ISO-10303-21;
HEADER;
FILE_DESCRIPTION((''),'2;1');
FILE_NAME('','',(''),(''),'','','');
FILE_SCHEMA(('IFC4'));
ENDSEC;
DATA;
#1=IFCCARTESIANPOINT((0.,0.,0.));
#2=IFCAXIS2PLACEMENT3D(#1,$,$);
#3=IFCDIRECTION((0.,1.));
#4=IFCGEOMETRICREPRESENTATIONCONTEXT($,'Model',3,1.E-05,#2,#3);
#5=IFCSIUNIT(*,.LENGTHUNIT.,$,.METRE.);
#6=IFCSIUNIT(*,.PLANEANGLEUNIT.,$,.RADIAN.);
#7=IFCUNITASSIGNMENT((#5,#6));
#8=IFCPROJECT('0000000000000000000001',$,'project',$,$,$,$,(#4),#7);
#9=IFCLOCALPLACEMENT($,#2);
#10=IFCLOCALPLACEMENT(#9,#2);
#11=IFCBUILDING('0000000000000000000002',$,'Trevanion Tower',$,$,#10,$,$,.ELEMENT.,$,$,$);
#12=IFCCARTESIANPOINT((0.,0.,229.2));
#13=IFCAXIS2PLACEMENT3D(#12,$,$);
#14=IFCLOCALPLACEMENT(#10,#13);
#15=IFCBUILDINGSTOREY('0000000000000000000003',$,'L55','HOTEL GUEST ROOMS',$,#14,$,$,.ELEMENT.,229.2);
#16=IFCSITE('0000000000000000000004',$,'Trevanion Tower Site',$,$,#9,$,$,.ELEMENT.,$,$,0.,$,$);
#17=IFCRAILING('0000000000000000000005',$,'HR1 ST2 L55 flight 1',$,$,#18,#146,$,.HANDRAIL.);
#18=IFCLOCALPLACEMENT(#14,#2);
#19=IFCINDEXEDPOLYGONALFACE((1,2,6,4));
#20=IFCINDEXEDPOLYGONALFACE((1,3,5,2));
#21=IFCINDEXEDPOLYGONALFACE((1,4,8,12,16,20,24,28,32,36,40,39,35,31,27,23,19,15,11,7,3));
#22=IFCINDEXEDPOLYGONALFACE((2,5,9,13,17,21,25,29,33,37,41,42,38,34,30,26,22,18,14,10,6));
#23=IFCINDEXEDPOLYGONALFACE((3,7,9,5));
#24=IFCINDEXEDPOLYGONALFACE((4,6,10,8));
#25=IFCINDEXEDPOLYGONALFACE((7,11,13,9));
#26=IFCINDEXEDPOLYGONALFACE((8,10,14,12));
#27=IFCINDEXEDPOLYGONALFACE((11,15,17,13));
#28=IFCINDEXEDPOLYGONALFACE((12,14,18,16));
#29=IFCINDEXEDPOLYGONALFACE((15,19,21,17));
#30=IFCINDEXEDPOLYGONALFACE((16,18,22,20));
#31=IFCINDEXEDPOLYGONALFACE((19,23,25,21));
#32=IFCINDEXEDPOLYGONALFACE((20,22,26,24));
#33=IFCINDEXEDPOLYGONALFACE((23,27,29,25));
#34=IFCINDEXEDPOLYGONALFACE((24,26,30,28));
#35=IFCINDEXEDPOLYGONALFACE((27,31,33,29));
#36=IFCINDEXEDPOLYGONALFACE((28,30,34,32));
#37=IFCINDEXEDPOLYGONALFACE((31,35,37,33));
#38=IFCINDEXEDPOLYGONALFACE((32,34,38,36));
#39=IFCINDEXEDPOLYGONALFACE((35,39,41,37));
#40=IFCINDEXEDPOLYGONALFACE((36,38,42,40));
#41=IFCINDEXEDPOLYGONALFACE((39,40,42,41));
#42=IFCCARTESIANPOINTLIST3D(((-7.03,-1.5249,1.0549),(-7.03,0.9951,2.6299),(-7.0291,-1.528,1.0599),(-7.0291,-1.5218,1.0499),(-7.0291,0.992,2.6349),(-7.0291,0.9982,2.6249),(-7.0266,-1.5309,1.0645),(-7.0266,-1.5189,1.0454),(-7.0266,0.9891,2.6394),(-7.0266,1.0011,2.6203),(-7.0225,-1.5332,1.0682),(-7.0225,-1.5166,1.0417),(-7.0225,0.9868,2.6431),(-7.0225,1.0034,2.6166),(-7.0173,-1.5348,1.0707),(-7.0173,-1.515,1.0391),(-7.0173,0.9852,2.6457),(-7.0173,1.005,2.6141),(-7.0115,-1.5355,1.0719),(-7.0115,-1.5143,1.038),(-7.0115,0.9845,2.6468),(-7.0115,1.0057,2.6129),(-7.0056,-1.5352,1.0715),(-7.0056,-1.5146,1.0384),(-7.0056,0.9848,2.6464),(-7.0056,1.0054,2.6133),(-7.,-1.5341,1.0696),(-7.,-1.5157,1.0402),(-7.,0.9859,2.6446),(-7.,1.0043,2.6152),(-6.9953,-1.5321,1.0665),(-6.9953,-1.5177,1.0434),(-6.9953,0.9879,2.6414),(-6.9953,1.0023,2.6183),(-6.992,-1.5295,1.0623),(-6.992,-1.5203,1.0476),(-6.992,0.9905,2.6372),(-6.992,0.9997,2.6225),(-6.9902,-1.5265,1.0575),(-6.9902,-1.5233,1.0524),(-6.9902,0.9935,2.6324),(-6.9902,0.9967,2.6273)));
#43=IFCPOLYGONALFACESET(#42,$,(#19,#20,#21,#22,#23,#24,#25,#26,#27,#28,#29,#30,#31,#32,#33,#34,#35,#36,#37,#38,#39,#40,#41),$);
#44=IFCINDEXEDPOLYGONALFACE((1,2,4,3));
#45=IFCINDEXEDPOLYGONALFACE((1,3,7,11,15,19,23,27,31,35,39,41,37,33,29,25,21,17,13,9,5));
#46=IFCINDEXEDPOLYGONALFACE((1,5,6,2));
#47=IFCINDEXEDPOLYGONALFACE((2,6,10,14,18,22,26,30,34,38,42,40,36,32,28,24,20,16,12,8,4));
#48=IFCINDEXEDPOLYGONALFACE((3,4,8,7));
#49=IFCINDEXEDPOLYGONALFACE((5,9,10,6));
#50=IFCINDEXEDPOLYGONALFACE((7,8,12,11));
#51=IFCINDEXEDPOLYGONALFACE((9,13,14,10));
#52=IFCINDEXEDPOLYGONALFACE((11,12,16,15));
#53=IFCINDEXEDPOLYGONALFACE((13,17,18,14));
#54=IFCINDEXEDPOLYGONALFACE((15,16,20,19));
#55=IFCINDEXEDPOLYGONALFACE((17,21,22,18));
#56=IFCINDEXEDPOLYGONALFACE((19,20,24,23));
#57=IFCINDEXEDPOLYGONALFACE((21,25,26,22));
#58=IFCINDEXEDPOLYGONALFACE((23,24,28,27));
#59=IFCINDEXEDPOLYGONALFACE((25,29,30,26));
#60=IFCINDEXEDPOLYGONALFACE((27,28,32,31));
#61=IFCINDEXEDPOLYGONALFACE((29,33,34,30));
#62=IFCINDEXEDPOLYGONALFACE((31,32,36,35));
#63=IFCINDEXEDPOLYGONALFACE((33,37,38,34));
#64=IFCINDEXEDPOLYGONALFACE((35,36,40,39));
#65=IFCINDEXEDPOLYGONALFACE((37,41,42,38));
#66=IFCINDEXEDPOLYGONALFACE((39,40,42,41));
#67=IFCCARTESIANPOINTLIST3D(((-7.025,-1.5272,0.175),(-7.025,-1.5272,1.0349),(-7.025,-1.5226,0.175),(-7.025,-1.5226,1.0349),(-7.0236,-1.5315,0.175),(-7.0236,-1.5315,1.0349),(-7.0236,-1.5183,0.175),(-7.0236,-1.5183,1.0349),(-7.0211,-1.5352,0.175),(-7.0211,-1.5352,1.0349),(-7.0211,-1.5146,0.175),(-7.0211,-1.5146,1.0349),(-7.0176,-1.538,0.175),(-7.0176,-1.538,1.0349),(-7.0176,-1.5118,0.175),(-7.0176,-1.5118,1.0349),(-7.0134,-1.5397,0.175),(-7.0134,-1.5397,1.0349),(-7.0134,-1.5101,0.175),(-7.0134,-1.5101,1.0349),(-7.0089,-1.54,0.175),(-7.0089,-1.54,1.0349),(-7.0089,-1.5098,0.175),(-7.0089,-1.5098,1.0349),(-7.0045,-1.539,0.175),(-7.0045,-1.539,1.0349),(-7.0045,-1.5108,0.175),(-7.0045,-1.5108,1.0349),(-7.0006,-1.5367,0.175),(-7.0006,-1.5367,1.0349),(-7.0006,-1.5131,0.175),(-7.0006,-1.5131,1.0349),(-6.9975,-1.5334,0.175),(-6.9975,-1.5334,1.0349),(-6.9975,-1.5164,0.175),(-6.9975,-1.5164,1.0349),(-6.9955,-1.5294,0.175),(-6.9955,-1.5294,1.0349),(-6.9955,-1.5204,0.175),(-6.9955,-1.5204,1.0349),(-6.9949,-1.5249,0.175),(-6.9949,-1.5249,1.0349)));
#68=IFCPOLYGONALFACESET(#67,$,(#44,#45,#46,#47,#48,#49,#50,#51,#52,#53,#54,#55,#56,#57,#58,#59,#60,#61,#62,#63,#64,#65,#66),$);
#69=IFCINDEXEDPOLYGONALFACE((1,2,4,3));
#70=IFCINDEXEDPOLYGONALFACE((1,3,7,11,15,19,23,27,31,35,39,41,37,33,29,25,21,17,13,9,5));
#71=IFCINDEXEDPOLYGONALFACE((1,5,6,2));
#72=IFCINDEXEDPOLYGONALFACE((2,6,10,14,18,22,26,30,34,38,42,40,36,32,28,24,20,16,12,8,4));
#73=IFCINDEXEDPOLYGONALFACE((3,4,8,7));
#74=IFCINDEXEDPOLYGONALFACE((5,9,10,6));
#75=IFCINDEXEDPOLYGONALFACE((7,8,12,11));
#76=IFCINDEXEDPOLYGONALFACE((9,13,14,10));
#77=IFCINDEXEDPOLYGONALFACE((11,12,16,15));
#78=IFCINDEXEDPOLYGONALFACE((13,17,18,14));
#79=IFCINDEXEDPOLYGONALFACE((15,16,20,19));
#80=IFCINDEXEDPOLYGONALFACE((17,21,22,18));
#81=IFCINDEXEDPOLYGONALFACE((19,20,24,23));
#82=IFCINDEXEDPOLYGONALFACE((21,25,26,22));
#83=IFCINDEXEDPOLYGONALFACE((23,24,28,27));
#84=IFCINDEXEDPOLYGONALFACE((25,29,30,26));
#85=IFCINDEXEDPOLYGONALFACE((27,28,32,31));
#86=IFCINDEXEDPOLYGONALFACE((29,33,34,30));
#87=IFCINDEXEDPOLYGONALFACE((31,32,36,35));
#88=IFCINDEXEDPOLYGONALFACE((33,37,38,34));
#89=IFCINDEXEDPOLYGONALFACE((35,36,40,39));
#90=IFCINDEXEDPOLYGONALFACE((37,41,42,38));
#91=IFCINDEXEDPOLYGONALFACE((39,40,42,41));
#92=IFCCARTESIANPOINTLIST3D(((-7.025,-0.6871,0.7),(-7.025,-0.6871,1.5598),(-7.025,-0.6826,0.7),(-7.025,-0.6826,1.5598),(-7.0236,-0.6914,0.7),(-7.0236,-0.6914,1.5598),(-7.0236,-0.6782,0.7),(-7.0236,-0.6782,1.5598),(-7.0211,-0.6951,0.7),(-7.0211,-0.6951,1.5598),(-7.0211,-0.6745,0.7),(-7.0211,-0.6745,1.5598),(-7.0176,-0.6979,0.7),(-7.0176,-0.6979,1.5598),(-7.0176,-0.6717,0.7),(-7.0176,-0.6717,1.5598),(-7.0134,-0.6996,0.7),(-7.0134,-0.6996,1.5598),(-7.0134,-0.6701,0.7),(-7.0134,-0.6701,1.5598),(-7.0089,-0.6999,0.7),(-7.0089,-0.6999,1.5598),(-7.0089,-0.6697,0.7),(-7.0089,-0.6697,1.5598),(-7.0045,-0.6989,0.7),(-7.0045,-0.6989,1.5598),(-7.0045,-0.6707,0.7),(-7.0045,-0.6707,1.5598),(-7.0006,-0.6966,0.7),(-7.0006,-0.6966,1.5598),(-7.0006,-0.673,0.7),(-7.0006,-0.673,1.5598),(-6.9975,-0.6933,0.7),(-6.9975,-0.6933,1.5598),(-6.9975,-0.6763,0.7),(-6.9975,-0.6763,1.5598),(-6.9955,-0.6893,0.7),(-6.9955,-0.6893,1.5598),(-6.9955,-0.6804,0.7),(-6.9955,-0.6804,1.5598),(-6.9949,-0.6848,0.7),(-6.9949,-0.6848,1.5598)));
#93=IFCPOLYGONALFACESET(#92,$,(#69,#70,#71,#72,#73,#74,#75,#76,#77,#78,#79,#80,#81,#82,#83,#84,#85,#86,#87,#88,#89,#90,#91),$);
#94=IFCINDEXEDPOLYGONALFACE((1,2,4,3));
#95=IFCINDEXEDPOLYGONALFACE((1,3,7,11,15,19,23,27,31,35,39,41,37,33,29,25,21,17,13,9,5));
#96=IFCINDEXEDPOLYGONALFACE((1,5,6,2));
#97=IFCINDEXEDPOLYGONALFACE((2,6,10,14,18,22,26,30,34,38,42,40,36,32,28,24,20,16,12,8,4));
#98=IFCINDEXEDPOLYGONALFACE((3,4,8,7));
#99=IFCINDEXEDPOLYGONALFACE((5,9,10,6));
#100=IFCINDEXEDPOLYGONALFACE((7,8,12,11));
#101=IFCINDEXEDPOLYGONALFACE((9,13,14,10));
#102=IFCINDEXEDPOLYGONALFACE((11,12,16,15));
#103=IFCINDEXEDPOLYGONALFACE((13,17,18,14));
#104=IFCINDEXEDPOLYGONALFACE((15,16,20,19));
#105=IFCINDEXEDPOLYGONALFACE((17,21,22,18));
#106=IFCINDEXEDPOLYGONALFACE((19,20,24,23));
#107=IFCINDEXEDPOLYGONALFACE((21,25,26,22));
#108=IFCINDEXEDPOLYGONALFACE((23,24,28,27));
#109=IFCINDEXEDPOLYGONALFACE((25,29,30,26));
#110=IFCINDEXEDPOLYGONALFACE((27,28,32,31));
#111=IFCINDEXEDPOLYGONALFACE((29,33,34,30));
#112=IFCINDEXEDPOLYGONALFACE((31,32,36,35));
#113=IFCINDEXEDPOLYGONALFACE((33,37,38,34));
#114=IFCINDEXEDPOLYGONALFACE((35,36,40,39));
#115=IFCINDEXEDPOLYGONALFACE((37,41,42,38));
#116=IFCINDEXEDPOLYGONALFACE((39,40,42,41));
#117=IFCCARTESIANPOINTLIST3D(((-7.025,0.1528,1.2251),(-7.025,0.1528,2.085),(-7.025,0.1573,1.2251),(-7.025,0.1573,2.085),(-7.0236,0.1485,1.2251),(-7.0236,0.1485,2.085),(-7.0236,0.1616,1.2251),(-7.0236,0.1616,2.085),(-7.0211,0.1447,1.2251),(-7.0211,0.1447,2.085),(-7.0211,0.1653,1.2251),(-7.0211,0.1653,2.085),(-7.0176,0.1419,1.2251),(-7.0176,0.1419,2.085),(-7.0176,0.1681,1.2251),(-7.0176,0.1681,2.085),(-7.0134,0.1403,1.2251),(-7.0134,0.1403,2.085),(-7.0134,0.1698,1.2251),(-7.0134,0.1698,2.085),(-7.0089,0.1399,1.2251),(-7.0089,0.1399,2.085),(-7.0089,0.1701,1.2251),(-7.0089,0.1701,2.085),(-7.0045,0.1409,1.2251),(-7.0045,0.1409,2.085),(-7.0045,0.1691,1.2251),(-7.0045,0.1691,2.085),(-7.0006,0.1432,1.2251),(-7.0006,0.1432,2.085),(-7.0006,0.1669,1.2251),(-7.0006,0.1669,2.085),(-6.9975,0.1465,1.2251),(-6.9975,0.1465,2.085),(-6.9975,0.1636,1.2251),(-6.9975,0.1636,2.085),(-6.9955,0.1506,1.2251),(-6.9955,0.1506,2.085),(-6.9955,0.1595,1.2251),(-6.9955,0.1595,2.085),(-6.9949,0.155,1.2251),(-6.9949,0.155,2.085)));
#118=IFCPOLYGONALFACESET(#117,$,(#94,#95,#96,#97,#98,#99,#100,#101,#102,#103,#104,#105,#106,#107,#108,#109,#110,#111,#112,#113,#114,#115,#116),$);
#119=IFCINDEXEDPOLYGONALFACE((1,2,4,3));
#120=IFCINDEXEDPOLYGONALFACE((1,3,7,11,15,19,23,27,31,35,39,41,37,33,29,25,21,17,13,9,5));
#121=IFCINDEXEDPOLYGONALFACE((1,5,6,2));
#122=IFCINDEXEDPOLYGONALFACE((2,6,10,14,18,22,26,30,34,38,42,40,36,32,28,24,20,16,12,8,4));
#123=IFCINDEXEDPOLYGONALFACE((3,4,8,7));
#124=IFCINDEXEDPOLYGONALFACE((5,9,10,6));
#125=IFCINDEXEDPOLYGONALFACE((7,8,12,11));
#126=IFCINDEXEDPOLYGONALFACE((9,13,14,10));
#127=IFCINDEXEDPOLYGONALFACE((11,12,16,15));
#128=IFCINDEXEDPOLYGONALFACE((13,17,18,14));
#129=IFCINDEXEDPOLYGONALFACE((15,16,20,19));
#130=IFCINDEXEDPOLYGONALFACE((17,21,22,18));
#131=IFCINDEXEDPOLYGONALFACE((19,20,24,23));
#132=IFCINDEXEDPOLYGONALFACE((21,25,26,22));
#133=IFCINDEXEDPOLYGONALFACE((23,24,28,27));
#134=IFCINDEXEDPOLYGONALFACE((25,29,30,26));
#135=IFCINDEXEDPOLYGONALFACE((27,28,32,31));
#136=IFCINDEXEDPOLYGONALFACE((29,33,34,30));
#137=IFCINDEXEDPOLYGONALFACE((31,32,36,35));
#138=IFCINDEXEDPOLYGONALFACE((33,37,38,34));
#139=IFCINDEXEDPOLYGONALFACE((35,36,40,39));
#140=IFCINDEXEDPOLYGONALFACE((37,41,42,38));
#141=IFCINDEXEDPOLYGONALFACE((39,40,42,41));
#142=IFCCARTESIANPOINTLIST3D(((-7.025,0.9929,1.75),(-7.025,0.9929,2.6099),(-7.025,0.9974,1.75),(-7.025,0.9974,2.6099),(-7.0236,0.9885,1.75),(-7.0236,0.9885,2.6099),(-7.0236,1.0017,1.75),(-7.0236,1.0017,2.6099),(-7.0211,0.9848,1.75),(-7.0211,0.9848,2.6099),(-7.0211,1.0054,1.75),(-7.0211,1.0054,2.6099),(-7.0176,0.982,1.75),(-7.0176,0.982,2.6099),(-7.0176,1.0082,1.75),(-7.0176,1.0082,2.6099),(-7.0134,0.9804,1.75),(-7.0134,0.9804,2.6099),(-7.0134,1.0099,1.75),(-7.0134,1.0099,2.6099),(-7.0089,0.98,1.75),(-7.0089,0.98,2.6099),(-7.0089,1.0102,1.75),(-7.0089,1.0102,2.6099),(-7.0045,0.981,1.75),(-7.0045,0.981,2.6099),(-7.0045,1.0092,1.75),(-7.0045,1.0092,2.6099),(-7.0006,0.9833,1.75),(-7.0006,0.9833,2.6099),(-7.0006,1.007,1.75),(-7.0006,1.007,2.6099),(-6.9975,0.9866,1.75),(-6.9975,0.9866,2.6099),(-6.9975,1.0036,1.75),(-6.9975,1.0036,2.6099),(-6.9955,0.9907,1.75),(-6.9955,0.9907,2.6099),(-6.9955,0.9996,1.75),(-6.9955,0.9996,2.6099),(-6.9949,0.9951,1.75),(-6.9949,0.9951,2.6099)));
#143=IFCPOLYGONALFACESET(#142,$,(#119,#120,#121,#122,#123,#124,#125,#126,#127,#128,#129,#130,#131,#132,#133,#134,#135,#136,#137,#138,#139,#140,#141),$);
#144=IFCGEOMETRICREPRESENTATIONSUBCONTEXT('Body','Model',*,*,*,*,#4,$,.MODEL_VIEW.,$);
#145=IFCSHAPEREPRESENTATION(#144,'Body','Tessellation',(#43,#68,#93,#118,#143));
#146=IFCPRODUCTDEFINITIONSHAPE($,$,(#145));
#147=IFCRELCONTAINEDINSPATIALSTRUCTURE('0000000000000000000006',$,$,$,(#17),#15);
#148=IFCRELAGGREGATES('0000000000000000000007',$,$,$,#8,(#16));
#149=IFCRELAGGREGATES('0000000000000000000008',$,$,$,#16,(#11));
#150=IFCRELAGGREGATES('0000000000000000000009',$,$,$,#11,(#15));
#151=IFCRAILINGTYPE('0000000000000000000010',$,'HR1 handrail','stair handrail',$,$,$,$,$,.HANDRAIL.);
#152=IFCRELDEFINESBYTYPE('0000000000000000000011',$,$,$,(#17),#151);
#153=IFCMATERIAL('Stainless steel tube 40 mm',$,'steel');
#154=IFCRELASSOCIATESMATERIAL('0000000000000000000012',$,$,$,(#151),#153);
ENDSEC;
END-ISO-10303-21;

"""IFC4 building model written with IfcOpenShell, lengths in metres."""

from ifc_helpers import new_model, si_unit, direction, frame, origin, origin_2d, place, context, subcontext, project, spatial, circle, extrude, material, type_object, element, save


model = new_model("IFC4")

# Units and contexts
model_context = context("Model", 3, precision=1e-05, world=origin(), true_north=direction((0.0, 1.0)))
body_context = subcontext(model_context, "Body", "Model", "MODEL_VIEW")
ifc_project = project(units=[si_unit("LENGTHUNIT", "METRE"), si_unit("PLANEANGLEUNIT", "RADIAN")], contexts=[model_context])

# Site, building, storey
site_placement = place(None, origin())
site = spatial("IfcSite", under=ifc_project, at=site_placement, Name="Trevanion Tower Site", CompositionType="ELEMENT", RefElevation=0.0)
building_placement = place(site_placement, origin())
building = spatial("IfcBuilding", under=site, at=building_placement, Name="Trevanion Tower", CompositionType="ELEMENT")
storey_placement = place(building_placement, frame((0.0, 0.0, 229.2)))
storey = spatial("IfcBuildingStorey", under=building, at=storey_placement, Name="L55", Description="HOTEL GUEST ROOMS", CompositionType="ELEMENT", Elevation=229.2)

# Railing
ifc_material_1 = material(Name="Stainless steel tube 40 mm", Category="steel")
railing_type = type_object("IfcRailingType", Name="HR1 handrail", Description="stair handrail", PredefinedType="HANDRAIL", material=ifc_material_1)
for number, where, name in (
    (1, (-7.01, -1.5249, 0.175), "HR1 ST2 L55 flight 1"),
):
    element("IfcRailing", number, at=place(storey_placement, frame(where)), inside=storey, type_object=railing_type, Name=name, PredefinedType="HANDRAIL", context=body_context, shape_type="SweptSolid", body=[
        extrude(circle(Radius=0.02, at=origin_2d()), frame((0.0, 0.0, 0.8799), z_axis=(0.0, 0.848008, 0.529984), x_axis=(-1.0, 0.0, 0.0)), (0.0, 0.0, 1.0), 2.9717),
        extrude(circle(Radius=0.0151, at=origin_2d()), origin(), (0.0, 0.0, 1.0), 0.8599),
        extrude(circle(Radius=0.0151, at=origin_2d()), frame((0.0, 0.8401, 0.5249)), (0.0, 0.0, 1.0), 0.8599),
        extrude(circle(Radius=0.0151, at=origin_2d()), frame((0.0, 1.6799, 1.05)), (0.0, 0.0, 1.0), 0.8599),
        extrude(circle(Radius=0.0151, at=origin_2d()), frame((0.0, 2.52, 1.575)), (0.0, 0.0, 1.0), 0.8599),
    ])

save(model, "model.ifc")
